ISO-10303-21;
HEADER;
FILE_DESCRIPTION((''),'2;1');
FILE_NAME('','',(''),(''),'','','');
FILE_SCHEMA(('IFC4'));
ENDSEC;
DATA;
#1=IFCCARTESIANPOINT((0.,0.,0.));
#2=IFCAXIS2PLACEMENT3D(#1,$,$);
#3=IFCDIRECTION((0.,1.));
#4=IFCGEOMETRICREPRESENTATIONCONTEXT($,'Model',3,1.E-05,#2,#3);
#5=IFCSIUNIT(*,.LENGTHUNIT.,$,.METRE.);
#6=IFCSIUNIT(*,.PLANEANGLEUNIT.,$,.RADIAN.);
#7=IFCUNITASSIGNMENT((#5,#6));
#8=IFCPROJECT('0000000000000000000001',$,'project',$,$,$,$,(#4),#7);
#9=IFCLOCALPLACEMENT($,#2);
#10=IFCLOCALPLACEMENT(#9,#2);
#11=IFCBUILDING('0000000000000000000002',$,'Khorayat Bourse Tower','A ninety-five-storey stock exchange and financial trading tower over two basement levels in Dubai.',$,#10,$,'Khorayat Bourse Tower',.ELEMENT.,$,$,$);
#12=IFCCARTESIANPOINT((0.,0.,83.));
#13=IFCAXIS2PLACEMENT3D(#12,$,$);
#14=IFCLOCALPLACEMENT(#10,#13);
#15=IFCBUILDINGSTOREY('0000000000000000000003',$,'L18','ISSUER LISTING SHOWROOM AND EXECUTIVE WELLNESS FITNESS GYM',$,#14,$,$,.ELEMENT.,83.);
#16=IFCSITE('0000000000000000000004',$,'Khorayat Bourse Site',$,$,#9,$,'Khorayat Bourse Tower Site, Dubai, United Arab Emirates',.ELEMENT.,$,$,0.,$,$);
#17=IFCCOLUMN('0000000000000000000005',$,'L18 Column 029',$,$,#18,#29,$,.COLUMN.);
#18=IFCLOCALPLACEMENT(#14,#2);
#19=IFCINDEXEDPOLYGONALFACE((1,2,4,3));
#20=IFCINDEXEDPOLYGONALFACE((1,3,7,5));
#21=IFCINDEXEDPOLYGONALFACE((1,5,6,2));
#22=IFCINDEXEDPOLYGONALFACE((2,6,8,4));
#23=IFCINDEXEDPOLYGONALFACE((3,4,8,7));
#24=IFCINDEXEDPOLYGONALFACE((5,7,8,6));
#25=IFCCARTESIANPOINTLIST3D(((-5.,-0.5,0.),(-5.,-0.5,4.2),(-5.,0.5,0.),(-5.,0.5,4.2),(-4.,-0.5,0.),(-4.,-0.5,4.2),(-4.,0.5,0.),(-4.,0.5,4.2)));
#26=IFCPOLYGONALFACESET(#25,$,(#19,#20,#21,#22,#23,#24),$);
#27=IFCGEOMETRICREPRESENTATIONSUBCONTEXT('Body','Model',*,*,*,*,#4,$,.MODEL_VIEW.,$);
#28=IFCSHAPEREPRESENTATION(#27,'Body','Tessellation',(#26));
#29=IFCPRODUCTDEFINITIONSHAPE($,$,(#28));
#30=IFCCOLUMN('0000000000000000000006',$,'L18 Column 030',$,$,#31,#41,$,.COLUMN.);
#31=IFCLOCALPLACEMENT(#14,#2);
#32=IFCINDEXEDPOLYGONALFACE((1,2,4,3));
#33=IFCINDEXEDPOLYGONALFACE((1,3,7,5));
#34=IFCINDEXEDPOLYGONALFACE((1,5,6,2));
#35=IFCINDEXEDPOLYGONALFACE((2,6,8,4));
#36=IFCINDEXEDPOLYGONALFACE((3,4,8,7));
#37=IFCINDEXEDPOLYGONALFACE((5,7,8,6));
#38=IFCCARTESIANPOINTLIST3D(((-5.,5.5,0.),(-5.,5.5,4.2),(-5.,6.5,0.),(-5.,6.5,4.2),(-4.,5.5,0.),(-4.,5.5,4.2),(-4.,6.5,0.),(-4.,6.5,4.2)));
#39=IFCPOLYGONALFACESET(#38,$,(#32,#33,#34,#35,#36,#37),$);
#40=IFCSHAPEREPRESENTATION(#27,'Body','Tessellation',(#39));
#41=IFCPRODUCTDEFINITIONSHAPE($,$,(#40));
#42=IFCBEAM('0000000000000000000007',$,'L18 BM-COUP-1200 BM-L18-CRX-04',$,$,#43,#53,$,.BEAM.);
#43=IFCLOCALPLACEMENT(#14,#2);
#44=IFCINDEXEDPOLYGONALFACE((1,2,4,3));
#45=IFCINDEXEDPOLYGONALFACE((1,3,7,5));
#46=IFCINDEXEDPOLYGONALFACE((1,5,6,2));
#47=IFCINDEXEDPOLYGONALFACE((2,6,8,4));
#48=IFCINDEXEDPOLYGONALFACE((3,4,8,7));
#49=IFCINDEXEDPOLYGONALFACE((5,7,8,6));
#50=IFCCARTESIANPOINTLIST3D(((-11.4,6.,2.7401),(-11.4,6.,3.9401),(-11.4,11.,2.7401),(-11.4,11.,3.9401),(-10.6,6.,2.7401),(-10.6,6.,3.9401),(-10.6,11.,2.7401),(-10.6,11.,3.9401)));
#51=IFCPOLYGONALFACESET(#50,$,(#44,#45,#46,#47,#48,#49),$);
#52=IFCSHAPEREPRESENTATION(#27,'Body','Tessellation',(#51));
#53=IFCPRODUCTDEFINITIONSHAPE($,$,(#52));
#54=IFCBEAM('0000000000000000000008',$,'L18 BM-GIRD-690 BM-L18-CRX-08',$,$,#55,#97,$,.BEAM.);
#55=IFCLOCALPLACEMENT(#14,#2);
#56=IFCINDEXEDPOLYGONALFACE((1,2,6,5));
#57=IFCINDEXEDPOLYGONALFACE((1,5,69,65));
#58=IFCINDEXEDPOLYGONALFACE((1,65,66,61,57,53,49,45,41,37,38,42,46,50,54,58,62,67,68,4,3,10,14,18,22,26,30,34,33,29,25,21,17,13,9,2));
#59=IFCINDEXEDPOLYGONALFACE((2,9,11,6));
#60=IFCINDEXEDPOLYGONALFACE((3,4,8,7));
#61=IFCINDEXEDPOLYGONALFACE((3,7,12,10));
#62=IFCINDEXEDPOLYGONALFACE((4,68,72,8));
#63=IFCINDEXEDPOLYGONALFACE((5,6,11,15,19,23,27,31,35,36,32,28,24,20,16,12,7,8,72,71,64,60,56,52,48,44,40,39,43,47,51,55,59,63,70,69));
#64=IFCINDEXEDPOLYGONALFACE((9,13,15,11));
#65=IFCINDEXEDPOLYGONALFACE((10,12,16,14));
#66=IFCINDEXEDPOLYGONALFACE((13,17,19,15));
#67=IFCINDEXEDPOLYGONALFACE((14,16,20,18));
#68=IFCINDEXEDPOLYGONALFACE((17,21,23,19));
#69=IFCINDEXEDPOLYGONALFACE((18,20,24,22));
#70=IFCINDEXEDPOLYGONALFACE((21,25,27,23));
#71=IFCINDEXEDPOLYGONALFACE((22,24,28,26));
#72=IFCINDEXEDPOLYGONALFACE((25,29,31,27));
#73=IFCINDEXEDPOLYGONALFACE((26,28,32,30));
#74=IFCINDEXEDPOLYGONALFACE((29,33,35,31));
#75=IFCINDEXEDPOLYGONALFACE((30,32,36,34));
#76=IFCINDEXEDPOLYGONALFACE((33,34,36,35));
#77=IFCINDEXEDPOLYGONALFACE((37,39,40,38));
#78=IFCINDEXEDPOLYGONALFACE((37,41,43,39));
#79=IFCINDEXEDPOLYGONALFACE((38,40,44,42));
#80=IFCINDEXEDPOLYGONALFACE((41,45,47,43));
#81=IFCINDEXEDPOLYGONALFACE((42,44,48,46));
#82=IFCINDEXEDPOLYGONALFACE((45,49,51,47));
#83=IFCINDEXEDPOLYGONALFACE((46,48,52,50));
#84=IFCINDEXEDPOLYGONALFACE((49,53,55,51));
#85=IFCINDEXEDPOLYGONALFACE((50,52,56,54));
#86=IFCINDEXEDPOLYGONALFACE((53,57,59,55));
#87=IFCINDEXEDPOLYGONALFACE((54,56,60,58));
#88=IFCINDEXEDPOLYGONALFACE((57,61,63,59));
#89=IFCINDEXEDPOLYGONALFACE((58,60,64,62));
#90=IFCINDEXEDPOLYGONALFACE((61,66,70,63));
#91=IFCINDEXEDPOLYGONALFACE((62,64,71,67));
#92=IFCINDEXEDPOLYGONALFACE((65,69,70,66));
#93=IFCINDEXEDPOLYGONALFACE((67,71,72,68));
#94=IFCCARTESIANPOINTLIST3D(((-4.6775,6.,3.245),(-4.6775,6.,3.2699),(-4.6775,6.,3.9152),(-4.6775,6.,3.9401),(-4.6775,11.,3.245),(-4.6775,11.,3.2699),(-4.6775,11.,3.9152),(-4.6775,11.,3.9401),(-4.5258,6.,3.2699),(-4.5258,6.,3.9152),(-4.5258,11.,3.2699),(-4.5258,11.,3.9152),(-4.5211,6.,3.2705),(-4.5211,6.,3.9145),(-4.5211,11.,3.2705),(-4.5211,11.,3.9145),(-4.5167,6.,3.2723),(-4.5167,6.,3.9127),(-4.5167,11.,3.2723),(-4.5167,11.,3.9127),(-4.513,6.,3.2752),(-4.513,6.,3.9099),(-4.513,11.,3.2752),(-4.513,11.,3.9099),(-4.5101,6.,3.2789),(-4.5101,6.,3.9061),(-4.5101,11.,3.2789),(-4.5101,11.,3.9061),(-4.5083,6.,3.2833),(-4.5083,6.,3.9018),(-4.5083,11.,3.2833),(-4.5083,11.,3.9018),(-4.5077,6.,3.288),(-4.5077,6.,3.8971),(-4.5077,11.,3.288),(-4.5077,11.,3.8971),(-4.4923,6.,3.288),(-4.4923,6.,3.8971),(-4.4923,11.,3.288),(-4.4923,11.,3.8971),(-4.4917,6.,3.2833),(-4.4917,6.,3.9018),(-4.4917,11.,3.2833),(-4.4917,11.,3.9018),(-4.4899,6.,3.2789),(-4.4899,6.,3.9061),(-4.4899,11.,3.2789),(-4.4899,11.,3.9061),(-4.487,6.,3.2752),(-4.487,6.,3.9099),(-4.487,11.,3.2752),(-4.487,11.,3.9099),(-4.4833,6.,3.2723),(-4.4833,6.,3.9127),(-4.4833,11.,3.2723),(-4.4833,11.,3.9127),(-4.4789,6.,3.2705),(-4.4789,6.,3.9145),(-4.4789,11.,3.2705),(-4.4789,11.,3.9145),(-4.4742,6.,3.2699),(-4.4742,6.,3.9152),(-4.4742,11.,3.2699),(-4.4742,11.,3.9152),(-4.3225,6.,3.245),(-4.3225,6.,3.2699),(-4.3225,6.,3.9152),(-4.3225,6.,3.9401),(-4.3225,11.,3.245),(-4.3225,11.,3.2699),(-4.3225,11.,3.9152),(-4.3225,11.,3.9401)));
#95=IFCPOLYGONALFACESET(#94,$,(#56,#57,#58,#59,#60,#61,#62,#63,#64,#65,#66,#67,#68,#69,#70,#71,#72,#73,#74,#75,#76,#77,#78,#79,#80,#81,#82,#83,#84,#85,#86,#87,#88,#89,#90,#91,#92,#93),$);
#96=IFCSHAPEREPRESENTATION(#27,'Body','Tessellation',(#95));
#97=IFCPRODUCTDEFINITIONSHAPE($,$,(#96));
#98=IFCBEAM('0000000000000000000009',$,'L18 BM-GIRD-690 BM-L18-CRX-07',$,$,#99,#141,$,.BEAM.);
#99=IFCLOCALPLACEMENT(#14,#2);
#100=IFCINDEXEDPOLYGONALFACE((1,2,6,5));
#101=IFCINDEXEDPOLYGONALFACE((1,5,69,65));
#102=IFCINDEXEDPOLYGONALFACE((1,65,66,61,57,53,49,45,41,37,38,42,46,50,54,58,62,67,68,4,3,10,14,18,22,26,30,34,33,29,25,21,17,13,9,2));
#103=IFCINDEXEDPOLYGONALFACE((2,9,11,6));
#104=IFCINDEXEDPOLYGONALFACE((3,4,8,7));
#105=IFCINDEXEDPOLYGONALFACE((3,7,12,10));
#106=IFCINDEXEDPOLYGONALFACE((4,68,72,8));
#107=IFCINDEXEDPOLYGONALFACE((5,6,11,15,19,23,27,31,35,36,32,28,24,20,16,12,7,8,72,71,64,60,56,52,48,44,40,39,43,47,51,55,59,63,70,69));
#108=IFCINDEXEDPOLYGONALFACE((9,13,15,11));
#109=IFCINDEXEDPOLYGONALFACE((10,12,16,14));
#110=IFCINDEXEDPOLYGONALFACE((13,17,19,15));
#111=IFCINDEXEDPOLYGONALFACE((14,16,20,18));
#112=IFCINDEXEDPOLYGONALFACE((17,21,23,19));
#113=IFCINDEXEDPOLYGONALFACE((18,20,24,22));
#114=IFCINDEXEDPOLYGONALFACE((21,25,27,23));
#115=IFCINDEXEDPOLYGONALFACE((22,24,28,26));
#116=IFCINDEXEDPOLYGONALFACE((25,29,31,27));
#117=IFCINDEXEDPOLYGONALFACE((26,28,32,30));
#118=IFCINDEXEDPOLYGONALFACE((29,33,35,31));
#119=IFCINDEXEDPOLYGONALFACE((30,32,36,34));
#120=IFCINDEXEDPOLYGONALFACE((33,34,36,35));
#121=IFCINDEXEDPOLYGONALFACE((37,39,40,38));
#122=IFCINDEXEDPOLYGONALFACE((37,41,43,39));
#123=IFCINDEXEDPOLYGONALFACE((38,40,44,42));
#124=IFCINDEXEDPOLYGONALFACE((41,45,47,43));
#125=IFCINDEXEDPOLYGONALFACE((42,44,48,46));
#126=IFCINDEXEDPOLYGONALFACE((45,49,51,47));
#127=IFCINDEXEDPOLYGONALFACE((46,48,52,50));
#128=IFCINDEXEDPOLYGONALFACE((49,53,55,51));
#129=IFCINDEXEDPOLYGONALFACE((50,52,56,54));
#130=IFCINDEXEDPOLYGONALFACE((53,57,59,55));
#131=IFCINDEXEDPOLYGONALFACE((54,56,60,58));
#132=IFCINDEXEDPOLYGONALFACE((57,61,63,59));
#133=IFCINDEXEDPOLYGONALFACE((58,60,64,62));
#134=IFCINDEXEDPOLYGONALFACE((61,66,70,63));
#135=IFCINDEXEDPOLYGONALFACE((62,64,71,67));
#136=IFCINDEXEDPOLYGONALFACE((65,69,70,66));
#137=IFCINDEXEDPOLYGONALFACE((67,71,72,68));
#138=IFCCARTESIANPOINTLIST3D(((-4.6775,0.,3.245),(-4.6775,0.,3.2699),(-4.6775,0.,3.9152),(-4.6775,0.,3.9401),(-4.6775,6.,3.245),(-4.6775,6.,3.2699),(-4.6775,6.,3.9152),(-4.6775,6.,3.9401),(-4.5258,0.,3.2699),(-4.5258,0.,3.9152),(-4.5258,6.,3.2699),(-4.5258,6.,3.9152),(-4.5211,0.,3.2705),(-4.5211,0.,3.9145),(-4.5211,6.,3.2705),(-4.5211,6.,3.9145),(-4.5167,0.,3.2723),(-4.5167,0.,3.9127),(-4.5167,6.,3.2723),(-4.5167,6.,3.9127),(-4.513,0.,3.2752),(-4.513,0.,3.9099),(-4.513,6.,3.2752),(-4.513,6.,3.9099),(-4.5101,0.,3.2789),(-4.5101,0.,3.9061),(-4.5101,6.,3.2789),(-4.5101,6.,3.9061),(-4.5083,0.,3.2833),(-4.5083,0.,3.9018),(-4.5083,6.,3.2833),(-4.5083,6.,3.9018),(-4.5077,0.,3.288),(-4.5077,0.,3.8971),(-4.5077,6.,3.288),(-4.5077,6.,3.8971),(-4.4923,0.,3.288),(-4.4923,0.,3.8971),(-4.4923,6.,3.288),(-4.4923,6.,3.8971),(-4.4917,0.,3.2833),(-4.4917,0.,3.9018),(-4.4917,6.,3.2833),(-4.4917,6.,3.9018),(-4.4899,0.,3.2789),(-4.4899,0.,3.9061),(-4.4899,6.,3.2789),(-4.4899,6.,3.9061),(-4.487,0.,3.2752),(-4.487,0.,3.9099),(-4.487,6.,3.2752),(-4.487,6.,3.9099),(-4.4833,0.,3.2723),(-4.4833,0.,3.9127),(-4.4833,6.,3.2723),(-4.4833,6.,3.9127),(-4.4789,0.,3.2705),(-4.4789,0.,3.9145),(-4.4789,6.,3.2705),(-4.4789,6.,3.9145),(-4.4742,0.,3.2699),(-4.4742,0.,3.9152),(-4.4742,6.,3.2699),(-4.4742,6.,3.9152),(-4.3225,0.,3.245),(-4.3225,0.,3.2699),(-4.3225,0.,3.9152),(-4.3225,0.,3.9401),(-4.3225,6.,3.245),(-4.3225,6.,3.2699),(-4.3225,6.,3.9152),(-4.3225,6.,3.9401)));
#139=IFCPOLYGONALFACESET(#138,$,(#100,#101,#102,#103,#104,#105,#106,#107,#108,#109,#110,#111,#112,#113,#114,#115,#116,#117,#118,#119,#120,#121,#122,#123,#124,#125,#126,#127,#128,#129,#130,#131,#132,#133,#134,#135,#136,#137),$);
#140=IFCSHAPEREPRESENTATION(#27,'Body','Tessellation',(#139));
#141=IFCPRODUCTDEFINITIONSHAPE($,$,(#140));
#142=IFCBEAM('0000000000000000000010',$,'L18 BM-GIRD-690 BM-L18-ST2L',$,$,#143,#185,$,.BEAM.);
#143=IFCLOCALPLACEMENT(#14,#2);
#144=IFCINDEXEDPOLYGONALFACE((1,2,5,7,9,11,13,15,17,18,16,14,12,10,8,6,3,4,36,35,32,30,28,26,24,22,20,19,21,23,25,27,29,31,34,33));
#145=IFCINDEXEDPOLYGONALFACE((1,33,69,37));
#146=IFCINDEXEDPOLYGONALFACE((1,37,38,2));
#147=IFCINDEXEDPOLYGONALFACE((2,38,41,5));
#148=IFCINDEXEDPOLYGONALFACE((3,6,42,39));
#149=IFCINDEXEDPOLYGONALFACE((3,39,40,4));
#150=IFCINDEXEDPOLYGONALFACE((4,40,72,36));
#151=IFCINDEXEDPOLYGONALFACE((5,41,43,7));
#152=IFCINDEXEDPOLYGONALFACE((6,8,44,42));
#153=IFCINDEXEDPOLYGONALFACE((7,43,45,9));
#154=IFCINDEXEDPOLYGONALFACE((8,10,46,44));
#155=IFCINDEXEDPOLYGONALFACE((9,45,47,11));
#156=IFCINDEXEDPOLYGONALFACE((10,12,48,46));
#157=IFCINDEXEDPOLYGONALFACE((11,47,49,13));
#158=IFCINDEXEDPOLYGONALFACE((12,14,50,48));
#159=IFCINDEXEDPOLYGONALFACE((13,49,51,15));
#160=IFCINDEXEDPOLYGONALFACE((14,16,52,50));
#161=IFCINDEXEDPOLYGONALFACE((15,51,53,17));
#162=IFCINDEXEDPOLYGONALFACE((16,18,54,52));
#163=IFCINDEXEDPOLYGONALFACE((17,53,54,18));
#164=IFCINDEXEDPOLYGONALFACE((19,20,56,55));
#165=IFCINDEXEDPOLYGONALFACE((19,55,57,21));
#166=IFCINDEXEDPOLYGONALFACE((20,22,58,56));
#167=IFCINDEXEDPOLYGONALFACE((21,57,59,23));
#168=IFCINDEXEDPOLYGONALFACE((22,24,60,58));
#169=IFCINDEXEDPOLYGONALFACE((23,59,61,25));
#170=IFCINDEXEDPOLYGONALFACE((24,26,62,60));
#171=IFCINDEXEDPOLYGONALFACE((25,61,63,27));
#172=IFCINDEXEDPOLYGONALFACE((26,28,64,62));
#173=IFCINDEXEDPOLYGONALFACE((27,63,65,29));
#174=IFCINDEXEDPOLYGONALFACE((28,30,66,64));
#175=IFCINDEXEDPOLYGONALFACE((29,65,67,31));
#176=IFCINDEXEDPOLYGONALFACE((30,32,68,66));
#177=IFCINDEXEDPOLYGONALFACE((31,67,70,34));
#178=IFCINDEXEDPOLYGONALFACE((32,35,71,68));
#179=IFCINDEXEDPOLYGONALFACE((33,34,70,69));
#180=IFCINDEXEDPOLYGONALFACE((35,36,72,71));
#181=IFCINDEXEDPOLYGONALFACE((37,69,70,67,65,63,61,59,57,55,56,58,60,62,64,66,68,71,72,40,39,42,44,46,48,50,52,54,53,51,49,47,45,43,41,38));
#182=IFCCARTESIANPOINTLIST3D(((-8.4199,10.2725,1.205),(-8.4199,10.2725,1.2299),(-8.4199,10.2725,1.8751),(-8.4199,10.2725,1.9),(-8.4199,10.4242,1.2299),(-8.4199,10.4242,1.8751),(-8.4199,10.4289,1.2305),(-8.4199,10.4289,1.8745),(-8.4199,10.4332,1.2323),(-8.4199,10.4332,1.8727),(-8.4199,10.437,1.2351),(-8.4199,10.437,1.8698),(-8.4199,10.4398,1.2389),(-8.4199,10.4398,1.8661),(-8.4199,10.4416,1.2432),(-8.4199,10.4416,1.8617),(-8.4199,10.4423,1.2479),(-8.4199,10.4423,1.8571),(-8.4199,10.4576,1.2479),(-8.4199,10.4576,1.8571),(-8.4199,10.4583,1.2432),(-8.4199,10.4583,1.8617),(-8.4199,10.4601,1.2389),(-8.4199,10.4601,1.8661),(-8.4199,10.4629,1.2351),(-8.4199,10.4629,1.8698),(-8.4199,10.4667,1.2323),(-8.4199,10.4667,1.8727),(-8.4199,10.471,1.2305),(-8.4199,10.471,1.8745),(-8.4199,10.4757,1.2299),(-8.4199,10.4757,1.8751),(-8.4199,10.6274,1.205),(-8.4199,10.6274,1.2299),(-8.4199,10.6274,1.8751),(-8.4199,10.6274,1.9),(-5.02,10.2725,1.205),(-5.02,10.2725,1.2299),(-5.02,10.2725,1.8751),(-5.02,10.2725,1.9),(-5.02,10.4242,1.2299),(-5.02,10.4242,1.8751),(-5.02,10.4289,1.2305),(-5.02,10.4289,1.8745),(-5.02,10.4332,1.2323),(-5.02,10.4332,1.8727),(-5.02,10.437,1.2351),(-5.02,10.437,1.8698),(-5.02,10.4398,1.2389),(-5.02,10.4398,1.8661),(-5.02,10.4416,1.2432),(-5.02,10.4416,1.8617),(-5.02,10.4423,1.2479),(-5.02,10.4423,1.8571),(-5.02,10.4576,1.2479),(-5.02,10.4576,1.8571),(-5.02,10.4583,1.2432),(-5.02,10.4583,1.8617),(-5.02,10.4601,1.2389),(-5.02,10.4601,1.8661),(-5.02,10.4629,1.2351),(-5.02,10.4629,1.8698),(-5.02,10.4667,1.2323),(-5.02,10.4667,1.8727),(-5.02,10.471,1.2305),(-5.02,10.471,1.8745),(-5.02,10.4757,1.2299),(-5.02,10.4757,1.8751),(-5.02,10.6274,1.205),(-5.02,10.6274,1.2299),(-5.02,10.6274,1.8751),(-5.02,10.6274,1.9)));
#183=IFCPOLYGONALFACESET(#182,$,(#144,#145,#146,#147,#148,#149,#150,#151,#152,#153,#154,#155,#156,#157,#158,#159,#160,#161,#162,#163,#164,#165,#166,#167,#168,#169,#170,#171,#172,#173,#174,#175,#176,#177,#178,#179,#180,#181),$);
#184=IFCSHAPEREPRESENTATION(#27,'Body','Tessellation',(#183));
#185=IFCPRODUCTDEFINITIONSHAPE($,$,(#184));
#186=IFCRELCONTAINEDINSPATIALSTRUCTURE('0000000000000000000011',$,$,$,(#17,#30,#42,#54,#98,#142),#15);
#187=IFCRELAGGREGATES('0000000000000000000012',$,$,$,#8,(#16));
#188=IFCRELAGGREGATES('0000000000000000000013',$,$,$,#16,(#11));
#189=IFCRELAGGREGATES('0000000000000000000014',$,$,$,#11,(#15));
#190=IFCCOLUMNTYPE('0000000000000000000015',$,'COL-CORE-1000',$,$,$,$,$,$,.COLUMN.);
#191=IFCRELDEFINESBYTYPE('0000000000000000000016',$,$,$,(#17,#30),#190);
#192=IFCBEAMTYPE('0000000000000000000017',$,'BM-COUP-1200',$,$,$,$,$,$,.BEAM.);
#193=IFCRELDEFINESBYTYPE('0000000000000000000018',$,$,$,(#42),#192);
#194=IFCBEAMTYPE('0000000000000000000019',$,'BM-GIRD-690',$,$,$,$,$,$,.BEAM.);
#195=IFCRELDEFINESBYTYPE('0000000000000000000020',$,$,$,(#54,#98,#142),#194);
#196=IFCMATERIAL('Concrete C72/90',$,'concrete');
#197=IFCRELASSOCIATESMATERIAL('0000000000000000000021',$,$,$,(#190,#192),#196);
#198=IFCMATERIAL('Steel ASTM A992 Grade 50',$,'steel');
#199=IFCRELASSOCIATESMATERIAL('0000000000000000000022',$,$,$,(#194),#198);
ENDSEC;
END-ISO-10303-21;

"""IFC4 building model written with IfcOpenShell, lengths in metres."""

from ifc_helpers import new_model, si_unit, direction, frame, origin, origin_2d, place, context, subcontext, project, spatial, rectangle, i_section, extrude, source, transform, mapped, material, material_profile, profile_set, type_object, element, save


model = new_model("IFC4")

# Units and contexts
model_context = context("Model", 3, precision=1e-05, world=origin(), true_north=direction((0.0, 1.0)))
body_context = subcontext(model_context, "Body", "Model", "MODEL_VIEW")
ifc_project = project(units=[si_unit("LENGTHUNIT", "METRE"), si_unit("PLANEANGLEUNIT", "RADIAN")], contexts=[model_context])

# Site, building, storey
site_placement = place(None, origin())
site = spatial("IfcSite", under=ifc_project, at=site_placement, Name="Khorayat Bourse Site", LongName="Khorayat Bourse Tower Site, Dubai, United Arab Emirates", CompositionType="ELEMENT", RefElevation=0.0)
building_placement = place(site_placement, origin())
building = spatial("IfcBuilding", under=site, at=building_placement, Name="Khorayat Bourse Tower", Description="A ninety-five-storey stock exchange and financial trading tower over two basement levels in Dubai.", LongName="Khorayat Bourse Tower", CompositionType="ELEMENT")
storey_placement = place(building_placement, frame((0.0, 0.0, 83.0)))
storey = spatial("IfcBuildingStorey", under=building, at=storey_placement, Name="L18", Description="ISSUER LISTING SHOWROOM AND EXECUTIVE WELLNESS FITNESS GYM", CompositionType="ELEMENT", Elevation=83.0)

# Columns
ifc_material_1 = material(Name="Concrete C72/90", Category="concrete")
ifc_material_profile_1 = material_profile(ifc_material_1, rectangle(XDim=1.0, YDim=1.0, at=origin_2d()), Name="RC 1000x1000")
ifc_profile_set_1 = profile_set([ifc_material_profile_1], Name="Concrete C72/90")
column_type = type_object("IfcColumnType", Name="COL-CORE-1000", PredefinedType="COLUMN", material=ifc_profile_set_1)
shared_shape_1 = source(origin(), body_context, "Body", "SweptSolid", [
    extrude(rectangle(XDim=1.0, YDim=1.0, at=origin_2d()), origin(), (0.0, 0.0, 1.0), 4.2),
])
for number, where, z_axis, x_axis, name in (
    (1, (-4.5, 0.0, 0.0), (0.0, 0.0, 1.0), (1.0, 0.0, 0.0), "L18 Column 029"),
    (2, (-4.5, 6.0, 0.0), (0.0, 0.0, 1.0), (1.0, 0.0, 0.0), "L18 Column 030"),
):
    element("IfcColumn", number, at=place(storey_placement, frame(where, z_axis=z_axis, x_axis=x_axis)), inside=storey, type_object=column_type, Name=name, PredefinedType="COLUMN", context=body_context, shape_type="MappedRepresentation", body=[
        mapped(shared_shape_1, transform((0.0, 0.0, 0.0), scale=1.0)),
    ])

# Beams
ifc_material_profile_2 = material_profile(ifc_material_1, rectangle(XDim=0.8, YDim=1.2, at=origin_2d()), Name="RC 800x1200")
ifc_profile_set_2 = profile_set([ifc_material_profile_2], Name="Concrete C72/90")
beam_type_1 = type_object("IfcBeamType", Name="BM-COUP-1200", PredefinedType="BEAM", material=ifc_profile_set_2)
shared_shape_2 = source(origin(), body_context, "Body", "SweptSolid", [
    extrude(rectangle(XDim=0.8, YDim=1.2, at=origin_2d()), origin(), (0.0, 0.0, 1.0), 5.0),
])
beam_1_placement = place(storey_placement, frame((-11.0, 6.0, 3.3401), z_axis=(0.0, 1.0, 0.0), x_axis=(-1.0, 0.0, 0.0)))
element("IfcBeam", 3, at=beam_1_placement, inside=storey, type_object=beam_type_1, Name="L18 BM-COUP-1200 BM-L18-CRX-04", PredefinedType="BEAM", context=body_context, shape_type="MappedRepresentation", body=[
    mapped(shared_shape_2, transform((0.0, 0.0, 0.0), scale=1.0)),
])
ifc_material_2 = material(Name="Steel ASTM A992 Grade 50", Category="steel")
ifc_material_profile_3 = material_profile(ifc_material_2, i_section(OverallWidth=0.355, OverallDepth=0.6951, WebThickness=0.0154, FlangeThickness=0.0249, FilletRadius=0.0181, at=origin_2d()), Name="W690X217")
ifc_profile_set_3 = profile_set([ifc_material_profile_3], Name="Steel ASTM A992 Grade 50")
beam_type_2 = type_object("IfcBeamType", Name="BM-GIRD-690", PredefinedType="BEAM", material=ifc_profile_set_3)
shared_shape_3 = source(origin(), body_context, "Body", "SweptSolid", [
    extrude(i_section(OverallWidth=0.355, OverallDepth=0.6951, WebThickness=0.0154, FlangeThickness=0.0249, FilletRadius=0.0181, at=origin_2d()), origin(), (0.0, 0.0, 1.0), 5.0),
])
beam_2_placement = place(storey_placement, frame((-4.5, 6.0, 3.5925), z_axis=(0.0, 1.0, 0.0), x_axis=(-1.0, 0.0, 0.0)))
element("IfcBeam", 4, at=beam_2_placement, inside=storey, type_object=beam_type_2, Name="L18 BM-GIRD-690 BM-L18-CRX-08", PredefinedType="BEAM", context=body_context, shape_type="MappedRepresentation", body=[
    mapped(shared_shape_3, transform((0.0, 0.0, 0.0), scale=1.0)),
])
shared_shape_4 = source(origin(), body_context, "Body", "SweptSolid", [
    extrude(i_section(OverallWidth=0.355, OverallDepth=0.6951, WebThickness=0.0154, FlangeThickness=0.0249, FilletRadius=0.0181, at=origin_2d()), origin(), (0.0, 0.0, 1.0), 6.0),
])
beam_3_placement = place(storey_placement, frame((-4.5, 0.0, 3.5925), z_axis=(0.0, 1.0, 0.0), x_axis=(-1.0, 0.0, 0.0)))
element("IfcBeam", 5, at=beam_3_placement, inside=storey, type_object=beam_type_2, Name="L18 BM-GIRD-690 BM-L18-CRX-07", PredefinedType="BEAM", context=body_context, shape_type="MappedRepresentation", body=[
    mapped(shared_shape_4, transform((0.0, 0.0, 0.0), scale=1.0)),
])
shared_shape_5 = source(origin(), body_context, "Body", "SweptSolid", [
    extrude(i_section(OverallWidth=0.355, OverallDepth=0.6951, WebThickness=0.0154, FlangeThickness=0.0249, FilletRadius=0.0181, at=origin_2d()), origin(), (0.0, 0.0, 1.0), 3.3999),
])
beam_4_placement = place(storey_placement, frame((-8.4199, 10.45, 1.5525), z_axis=(1.0, 0.0, 0.0), x_axis=(0.0, 1.0, 0.0)))
element("IfcBeam", 6, at=beam_4_placement, inside=storey, type_object=beam_type_2, Name="L18 BM-GIRD-690 BM-L18-ST2L", PredefinedType="BEAM", context=body_context, shape_type="MappedRepresentation", body=[
    mapped(shared_shape_5, transform((0.0, 0.0, 0.0), scale=1.0)),
])

save(model, "model.ifc")
